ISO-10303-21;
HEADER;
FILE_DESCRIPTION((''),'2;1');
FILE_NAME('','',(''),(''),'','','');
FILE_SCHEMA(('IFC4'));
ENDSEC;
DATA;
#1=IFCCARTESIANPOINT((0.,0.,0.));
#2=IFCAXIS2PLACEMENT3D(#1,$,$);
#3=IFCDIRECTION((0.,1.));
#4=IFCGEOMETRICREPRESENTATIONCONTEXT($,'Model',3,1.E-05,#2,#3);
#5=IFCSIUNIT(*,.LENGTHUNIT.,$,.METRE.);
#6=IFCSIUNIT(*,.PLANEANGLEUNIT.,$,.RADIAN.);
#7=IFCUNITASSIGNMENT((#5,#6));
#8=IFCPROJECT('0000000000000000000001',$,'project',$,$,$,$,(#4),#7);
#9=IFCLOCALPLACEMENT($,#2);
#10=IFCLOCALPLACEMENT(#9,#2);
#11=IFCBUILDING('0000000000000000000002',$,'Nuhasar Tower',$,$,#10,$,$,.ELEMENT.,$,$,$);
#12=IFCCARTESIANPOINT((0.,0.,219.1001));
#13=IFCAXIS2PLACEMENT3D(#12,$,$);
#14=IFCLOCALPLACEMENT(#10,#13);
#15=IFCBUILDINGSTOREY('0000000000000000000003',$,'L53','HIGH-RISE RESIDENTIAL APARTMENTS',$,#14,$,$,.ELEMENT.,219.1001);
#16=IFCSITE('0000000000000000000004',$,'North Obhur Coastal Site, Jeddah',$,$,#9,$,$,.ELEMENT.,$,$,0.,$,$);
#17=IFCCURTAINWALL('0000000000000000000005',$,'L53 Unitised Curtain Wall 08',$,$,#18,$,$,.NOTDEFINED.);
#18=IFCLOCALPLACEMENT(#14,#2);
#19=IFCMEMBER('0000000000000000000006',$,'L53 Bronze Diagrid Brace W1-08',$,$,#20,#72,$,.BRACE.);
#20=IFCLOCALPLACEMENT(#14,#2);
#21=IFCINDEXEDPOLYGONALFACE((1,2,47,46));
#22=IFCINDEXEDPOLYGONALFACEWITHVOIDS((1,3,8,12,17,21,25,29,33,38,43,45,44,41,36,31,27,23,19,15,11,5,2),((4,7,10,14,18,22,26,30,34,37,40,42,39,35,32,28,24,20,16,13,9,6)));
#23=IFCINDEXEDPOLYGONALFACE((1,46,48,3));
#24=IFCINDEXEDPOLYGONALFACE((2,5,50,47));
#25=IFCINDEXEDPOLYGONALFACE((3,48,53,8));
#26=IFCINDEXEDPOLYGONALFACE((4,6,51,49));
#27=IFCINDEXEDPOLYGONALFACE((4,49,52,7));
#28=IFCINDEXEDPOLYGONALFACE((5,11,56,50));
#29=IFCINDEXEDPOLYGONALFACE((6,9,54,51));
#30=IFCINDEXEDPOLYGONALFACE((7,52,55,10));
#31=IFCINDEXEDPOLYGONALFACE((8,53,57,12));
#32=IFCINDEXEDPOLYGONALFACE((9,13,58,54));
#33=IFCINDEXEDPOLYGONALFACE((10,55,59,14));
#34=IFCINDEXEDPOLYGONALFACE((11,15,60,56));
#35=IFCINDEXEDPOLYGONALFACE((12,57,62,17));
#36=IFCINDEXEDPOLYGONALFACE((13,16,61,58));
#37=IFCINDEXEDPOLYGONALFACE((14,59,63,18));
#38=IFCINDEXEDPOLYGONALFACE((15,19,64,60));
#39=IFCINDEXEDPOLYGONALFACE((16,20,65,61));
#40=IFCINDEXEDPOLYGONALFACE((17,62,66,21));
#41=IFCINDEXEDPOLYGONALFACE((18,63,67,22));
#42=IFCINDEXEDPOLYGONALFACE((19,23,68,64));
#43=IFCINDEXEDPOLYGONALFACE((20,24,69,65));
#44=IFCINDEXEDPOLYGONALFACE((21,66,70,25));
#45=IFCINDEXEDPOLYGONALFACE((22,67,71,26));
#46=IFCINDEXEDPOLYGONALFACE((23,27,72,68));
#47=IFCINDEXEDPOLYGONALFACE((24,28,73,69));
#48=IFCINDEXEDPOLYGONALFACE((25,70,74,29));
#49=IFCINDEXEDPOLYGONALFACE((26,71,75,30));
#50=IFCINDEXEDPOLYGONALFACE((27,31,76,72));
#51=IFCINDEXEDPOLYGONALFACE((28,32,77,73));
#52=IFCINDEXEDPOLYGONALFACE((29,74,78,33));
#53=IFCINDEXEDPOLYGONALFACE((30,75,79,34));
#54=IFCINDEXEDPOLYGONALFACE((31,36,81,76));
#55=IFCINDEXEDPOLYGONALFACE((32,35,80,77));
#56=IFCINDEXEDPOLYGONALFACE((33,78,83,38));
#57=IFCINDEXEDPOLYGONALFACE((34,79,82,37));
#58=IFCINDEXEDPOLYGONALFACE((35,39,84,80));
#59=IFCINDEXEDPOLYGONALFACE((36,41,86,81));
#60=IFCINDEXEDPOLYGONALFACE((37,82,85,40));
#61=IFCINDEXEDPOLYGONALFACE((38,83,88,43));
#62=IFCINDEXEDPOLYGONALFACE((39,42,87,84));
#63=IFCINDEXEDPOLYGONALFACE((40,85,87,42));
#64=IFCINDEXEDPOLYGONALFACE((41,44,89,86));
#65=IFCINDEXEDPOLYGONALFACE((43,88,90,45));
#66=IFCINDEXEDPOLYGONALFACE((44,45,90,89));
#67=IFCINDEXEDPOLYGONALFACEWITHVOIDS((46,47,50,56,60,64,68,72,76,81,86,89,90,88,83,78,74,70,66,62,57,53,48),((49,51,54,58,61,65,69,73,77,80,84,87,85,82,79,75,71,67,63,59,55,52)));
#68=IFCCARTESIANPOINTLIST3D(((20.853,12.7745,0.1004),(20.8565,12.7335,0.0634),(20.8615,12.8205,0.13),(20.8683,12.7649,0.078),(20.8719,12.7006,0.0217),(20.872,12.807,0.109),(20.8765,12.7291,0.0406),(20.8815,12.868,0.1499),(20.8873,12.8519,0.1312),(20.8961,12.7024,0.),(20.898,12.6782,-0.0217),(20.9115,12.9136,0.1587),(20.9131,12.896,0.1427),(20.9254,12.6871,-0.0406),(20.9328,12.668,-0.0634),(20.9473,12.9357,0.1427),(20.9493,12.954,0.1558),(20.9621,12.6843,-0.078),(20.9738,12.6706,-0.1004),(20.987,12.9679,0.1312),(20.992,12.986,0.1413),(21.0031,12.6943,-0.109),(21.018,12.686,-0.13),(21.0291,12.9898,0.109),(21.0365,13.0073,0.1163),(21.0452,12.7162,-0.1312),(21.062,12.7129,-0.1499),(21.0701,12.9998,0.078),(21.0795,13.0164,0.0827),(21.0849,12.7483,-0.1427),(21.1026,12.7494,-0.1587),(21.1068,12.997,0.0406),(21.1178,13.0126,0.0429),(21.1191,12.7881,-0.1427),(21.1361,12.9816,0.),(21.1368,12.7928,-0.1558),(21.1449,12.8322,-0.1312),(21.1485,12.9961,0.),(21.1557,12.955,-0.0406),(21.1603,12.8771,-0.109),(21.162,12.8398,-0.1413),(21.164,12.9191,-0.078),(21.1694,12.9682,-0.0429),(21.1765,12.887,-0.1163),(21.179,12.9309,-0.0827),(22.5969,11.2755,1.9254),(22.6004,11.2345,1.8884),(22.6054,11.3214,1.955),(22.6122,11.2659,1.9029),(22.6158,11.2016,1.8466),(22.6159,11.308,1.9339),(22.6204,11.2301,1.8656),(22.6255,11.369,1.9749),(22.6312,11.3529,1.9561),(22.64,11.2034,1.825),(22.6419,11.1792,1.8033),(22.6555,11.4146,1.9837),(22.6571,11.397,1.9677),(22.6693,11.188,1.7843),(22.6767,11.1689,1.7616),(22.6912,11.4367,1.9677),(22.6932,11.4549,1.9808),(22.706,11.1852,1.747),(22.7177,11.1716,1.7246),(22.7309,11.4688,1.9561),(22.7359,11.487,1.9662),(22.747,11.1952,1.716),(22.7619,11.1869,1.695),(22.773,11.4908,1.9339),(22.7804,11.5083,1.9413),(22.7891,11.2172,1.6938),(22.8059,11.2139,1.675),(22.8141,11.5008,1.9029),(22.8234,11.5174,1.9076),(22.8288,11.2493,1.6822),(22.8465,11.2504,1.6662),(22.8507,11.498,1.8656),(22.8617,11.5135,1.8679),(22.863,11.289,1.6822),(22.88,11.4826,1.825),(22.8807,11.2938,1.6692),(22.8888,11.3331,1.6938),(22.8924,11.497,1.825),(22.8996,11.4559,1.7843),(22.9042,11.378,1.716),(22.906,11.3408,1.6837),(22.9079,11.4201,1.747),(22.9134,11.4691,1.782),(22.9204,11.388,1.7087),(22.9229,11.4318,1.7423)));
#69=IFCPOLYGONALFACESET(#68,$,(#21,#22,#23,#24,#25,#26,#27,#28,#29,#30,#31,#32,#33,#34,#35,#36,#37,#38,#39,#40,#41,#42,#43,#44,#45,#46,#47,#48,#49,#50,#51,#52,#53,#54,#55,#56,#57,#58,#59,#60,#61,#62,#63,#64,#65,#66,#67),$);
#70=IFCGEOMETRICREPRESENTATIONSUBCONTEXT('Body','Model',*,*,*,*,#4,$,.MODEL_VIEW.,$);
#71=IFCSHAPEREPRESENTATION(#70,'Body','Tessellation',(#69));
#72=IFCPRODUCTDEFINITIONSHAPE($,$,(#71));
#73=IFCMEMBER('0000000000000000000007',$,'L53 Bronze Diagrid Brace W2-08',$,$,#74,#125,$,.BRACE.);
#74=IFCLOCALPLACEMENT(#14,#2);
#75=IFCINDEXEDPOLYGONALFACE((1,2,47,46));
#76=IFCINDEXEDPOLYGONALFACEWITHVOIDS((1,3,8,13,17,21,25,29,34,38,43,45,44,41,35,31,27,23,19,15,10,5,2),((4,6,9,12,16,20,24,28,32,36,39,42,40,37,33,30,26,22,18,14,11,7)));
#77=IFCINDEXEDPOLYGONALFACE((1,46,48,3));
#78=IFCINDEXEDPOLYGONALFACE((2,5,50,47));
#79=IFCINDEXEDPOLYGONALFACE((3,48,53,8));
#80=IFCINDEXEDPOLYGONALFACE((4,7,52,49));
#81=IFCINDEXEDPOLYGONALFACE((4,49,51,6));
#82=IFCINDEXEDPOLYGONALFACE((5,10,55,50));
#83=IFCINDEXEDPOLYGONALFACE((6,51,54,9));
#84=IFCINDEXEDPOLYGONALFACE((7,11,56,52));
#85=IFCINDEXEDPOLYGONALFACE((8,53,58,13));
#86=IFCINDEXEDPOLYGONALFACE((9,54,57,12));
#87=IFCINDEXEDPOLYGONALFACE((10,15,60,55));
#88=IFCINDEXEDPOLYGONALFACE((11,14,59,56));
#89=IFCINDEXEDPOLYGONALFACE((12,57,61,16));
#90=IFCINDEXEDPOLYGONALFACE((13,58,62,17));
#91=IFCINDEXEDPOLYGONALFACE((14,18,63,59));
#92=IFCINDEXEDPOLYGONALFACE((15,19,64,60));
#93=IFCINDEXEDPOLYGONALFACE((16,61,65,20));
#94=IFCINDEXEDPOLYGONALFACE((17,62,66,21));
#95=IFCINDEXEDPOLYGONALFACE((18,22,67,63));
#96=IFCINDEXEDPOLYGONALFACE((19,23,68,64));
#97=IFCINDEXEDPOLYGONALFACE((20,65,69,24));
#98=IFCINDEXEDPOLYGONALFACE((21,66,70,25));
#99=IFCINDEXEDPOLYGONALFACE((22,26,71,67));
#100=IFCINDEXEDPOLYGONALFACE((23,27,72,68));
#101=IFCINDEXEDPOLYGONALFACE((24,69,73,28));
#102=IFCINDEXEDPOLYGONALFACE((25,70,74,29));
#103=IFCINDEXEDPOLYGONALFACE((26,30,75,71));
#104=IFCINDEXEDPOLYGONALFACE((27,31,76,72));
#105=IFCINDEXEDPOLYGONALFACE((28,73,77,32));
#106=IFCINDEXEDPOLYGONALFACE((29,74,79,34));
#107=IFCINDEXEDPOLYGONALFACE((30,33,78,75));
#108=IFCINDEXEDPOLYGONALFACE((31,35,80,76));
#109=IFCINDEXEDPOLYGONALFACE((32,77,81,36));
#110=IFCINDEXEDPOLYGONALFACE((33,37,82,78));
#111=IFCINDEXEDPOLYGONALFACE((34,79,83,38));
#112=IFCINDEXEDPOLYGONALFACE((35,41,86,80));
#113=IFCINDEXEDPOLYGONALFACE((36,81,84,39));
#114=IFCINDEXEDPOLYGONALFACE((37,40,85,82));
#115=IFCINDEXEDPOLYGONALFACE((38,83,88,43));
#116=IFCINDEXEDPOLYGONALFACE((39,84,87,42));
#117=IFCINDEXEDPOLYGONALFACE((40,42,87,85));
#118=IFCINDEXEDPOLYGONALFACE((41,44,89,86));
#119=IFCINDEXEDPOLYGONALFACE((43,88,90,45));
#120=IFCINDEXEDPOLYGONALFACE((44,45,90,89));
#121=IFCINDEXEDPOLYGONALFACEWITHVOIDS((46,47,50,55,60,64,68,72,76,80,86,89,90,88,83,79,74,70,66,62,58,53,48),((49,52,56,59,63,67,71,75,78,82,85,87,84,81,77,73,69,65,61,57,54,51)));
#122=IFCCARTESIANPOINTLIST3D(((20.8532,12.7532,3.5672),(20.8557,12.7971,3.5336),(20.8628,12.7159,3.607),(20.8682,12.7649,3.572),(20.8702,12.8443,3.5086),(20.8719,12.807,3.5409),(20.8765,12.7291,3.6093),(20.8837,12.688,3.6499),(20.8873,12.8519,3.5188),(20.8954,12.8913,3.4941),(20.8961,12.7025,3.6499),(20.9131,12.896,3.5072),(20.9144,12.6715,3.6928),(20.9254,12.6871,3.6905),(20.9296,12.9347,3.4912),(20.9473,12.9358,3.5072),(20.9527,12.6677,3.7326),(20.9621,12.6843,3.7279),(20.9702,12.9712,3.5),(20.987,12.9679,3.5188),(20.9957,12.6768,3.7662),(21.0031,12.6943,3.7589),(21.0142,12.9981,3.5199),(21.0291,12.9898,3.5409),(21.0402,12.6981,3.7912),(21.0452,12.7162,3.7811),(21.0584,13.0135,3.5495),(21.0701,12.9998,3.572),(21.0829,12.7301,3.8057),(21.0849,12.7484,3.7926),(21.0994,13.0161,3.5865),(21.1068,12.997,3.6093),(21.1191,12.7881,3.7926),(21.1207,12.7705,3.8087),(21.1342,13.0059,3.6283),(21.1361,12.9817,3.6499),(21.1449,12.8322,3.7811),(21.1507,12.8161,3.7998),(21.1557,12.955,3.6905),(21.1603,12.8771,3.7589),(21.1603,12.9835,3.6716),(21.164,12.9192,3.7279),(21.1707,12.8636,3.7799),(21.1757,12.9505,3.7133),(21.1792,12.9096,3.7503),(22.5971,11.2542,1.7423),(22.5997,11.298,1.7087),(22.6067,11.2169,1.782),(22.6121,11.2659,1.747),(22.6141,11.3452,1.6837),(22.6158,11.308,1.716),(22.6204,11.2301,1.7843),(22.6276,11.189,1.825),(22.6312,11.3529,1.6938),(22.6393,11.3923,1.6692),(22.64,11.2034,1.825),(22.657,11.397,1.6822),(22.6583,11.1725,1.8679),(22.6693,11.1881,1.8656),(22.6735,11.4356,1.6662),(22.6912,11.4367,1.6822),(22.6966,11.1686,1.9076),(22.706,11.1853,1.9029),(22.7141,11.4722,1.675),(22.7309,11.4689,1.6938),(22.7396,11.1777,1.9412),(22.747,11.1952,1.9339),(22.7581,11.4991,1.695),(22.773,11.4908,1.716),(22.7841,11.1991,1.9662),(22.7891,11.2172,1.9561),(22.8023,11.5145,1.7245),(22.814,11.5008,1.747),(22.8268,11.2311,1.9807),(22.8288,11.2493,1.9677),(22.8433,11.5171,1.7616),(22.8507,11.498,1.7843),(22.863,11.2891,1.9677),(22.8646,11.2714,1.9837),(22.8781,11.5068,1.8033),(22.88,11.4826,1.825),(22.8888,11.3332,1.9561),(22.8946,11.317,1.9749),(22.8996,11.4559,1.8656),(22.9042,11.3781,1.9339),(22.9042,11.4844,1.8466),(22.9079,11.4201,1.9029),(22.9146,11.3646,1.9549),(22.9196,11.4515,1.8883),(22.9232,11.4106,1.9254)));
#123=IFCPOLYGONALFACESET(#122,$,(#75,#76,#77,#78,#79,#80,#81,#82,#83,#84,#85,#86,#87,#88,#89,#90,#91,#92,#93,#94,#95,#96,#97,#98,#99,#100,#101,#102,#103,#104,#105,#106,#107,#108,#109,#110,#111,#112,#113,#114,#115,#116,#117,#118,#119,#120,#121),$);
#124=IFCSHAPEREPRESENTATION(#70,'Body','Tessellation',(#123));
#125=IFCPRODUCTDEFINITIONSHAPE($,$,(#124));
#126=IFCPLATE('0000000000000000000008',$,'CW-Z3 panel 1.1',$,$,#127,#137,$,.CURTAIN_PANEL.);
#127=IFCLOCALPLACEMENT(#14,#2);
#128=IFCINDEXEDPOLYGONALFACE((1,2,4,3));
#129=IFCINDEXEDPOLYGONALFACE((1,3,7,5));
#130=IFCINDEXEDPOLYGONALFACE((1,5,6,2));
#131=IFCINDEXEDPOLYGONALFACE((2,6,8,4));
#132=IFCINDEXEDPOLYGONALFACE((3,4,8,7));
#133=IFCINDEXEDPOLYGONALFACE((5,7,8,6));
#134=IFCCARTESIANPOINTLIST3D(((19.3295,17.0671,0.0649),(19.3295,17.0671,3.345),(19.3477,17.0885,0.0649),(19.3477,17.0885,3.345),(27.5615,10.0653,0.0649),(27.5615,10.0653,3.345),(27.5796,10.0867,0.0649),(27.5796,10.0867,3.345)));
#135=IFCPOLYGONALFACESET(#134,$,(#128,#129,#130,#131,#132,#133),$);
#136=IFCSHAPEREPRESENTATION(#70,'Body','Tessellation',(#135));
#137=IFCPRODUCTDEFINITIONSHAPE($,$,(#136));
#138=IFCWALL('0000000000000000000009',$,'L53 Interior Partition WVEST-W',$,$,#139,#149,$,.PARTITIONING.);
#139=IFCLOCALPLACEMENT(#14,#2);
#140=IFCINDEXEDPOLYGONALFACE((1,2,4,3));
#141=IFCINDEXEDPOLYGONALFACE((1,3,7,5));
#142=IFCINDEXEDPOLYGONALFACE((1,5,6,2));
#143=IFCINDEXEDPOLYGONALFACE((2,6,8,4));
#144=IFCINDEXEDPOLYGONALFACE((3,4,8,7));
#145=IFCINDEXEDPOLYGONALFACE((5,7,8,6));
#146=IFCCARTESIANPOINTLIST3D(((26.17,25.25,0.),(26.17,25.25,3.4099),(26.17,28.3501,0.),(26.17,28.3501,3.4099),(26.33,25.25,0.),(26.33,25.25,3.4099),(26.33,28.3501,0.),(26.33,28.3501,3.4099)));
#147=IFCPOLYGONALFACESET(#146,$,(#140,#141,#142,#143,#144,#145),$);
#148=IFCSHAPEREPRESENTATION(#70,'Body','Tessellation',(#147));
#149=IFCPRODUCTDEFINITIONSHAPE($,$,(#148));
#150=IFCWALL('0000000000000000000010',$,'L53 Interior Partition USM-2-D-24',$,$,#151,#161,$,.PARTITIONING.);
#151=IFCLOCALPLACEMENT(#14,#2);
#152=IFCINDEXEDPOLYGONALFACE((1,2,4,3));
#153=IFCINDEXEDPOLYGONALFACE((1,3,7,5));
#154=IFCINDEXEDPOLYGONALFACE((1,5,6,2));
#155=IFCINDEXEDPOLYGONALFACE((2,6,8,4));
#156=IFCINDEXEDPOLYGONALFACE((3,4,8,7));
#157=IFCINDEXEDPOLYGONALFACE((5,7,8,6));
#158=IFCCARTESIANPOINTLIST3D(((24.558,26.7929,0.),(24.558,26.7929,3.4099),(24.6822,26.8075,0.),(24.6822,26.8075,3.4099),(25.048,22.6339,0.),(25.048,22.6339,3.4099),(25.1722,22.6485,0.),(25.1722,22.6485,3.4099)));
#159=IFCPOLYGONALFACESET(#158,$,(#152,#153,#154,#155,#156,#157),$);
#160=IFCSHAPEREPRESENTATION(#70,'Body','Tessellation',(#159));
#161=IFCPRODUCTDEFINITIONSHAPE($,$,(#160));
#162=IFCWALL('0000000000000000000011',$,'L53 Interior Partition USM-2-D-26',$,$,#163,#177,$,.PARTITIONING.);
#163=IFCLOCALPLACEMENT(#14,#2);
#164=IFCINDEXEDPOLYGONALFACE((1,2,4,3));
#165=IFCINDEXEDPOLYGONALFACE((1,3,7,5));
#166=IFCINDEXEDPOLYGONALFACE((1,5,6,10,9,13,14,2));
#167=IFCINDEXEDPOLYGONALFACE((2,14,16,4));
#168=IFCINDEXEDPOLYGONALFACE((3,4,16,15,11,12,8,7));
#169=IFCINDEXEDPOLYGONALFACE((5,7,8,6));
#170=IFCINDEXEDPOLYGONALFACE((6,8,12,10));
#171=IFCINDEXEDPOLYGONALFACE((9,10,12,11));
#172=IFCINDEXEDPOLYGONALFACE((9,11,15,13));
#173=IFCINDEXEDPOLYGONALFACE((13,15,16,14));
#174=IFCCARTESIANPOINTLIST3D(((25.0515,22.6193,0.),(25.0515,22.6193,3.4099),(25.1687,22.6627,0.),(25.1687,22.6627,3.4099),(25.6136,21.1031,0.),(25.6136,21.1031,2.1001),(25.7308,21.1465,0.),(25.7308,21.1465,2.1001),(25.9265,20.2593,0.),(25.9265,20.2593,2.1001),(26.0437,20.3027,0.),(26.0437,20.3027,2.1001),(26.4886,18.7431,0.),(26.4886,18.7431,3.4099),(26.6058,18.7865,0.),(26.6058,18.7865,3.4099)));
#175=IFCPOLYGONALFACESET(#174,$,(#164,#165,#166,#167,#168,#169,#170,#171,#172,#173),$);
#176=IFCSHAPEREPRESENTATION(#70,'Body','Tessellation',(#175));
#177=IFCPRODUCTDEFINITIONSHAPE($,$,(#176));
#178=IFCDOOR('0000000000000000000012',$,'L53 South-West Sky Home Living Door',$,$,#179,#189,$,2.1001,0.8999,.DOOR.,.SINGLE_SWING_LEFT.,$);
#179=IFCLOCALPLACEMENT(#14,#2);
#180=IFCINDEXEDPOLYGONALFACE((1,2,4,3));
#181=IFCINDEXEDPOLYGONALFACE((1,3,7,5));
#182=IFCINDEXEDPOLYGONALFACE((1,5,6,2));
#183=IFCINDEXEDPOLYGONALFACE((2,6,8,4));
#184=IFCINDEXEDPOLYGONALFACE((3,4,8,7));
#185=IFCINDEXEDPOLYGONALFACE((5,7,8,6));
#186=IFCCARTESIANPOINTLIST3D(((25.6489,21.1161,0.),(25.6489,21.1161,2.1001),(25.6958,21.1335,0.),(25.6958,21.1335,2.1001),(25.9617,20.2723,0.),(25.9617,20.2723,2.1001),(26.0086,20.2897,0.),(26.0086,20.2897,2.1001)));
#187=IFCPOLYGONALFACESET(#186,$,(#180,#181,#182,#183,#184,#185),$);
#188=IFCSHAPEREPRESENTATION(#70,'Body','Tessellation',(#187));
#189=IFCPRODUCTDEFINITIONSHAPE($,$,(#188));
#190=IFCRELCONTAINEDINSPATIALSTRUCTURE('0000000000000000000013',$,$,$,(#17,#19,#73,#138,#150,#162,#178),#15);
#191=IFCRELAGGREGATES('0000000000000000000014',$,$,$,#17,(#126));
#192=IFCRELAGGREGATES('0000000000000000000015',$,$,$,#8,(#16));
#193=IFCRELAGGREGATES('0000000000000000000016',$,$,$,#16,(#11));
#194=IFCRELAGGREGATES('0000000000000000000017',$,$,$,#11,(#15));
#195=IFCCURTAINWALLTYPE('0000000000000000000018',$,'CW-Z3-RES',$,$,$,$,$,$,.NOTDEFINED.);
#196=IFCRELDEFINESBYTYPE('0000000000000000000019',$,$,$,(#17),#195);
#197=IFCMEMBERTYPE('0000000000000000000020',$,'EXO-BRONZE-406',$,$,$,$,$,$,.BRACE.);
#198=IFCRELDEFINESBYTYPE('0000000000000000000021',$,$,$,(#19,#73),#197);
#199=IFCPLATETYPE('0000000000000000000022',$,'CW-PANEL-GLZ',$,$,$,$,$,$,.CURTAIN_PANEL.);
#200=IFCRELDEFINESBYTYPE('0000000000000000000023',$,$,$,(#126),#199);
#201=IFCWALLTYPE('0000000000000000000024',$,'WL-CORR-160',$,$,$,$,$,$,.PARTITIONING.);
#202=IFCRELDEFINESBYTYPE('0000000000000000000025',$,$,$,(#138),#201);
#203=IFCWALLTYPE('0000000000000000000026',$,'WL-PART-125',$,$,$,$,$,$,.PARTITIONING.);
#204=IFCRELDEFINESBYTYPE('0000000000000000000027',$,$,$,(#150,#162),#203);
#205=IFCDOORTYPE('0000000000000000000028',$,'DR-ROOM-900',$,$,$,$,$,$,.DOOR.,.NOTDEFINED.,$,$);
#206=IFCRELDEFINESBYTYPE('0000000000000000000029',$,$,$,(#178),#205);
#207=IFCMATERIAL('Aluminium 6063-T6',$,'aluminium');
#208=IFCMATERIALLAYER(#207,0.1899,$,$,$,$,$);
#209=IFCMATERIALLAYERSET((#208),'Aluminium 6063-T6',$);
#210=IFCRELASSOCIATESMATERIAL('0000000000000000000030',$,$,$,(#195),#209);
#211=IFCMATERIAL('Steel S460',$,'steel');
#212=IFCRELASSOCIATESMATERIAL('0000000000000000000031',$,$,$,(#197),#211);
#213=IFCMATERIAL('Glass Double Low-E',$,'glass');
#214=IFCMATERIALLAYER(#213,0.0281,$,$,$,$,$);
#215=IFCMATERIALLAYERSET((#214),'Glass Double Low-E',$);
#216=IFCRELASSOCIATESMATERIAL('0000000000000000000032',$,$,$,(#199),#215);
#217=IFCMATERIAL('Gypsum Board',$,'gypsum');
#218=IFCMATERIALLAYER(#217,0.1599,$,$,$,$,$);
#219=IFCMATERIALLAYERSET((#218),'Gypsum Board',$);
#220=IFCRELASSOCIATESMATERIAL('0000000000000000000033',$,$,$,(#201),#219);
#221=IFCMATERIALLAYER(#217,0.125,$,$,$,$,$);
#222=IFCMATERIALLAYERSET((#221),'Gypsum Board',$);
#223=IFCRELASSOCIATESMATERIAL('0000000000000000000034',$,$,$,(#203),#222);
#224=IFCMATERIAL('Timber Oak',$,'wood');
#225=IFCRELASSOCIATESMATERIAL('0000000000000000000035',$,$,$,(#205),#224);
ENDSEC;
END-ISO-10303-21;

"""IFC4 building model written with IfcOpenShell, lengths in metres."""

from ifc_helpers import new_model, si_unit, direction, frame, frame_2d, origin, origin_2d, place, context, subcontext, project, spatial, rectangle, hollow_circle, extrude, material, layer, layer_set, material_profile, profile_set, type_object, element, fill, aggregate, save


model = new_model("IFC4")

# Units and contexts
model_context = context("Model", 3, precision=1e-05, world=origin(), true_north=direction((0.0, 1.0)))
body_context = subcontext(model_context, "Body", "Model", "MODEL_VIEW")
ifc_project = project(units=[si_unit("LENGTHUNIT", "METRE"), si_unit("PLANEANGLEUNIT", "RADIAN")], contexts=[model_context])

# Site, building, storey
site_placement = place(None, origin())
site = spatial("IfcSite", under=ifc_project, at=site_placement, Name="North Obhur Coastal Site, Jeddah", CompositionType="ELEMENT", RefElevation=0.0)
building_placement = place(site_placement, origin())
building = spatial("IfcBuilding", under=site, at=building_placement, Name="Nuhasar Tower", CompositionType="ELEMENT")
storey_placement = place(building_placement, frame((0.0, 0.0, 219.1001)))
storey = spatial("IfcBuildingStorey", under=building, at=storey_placement, Name="L53", Description="HIGH-RISE RESIDENTIAL APARTMENTS", CompositionType="ELEMENT", Elevation=219.1001)

# Curtain wall
ifc_material_1 = material(Name="Aluminium 6063-T6", Category="aluminium")
ifc_layer_1 = layer(ifc_material_1, 0.1899)
ifc_layer_set_1 = layer_set([ifc_layer_1], Name="Aluminium 6063-T6")
curtain_wall_type = type_object("IfcCurtainWallType", Name="CW-Z3-RES", PredefinedType="NOTDEFINED", material=ifc_layer_set_1)
curtain_wall_1_placement = place(storey_placement, origin())
curtain_wall_1 = element("IfcCurtainWall", 1, at=curtain_wall_1_placement, inside=storey, type_object=curtain_wall_type, Name="L53 Unitised Curtain Wall 08", PredefinedType="NOTDEFINED")

# Members
ifc_material_2 = material(Name="Steel S460", Category="steel")
ifc_material_profile_1 = material_profile(ifc_material_2, hollow_circle(Radius=0.2031, WallThickness=0.019, at=origin_2d()), Name="HSS406.4X19.1")
ifc_profile_set_1 = profile_set([ifc_material_profile_1], Name="Steel S460")
member_type_1 = type_object("IfcMemberType", Name="EXO-BRONZE-406", PredefinedType="BRACE", material=ifc_profile_set_1)
for number, where, z_axis, x_axis, name in (
    (2, (21.0161, 12.842, 0.0), (0.594019, -0.510608, 0.621628), (0.651857, 0.758342, 0.0), "L53 Bronze Diagrid Brace W1-08"),
    (3, (22.76, 11.343, 1.825), (-0.594019, 0.510608, 0.621628), (-0.651857, -0.758342, 0.0), "L53 Bronze Diagrid Brace W2-08"),
):
    element("IfcMember", number, at=place(storey_placement, frame(where, z_axis=z_axis, x_axis=x_axis)), inside=storey, type_object=member_type_1, Name=name, PredefinedType="BRACE", context=body_context, shape_type="SweptSolid", body=[
        extrude(hollow_circle(Radius=0.2031, WallThickness=0.019, at=origin_2d()), origin(), (0.0, 0.0, 1.0), 2.9358),
    ])

# Plate
ifc_material_3 = material(Name="Glass Double Low-E", Category="glass")
ifc_layer_2 = layer(ifc_material_3, 0.0281)
ifc_layer_set_2 = layer_set([ifc_layer_2], Name="Glass Double Low-E")
plate_type = type_object("IfcPlateType", Name="CW-PANEL-GLZ", PredefinedType="CURTAIN_PANEL", material=ifc_layer_set_2)
plate_placement = place(storey_placement, frame((23.4546, 13.5769, 0.0649), z_axis=(0.0, 0.0, 1.0), x_axis=(0.761729, -0.647895, 0.0)))
plate = element("IfcPlate", 4, at=plate_placement, type_object=plate_type, Name="CW-Z3 panel 1.1", PredefinedType="CURTAIN_PANEL", context=body_context, shape_type="SweptSolid", body=[
    extrude(rectangle(XDim=10.8069, YDim=0.0281, at=origin_2d()), origin(), (0.0, 0.0, 1.0), 3.28),
])
aggregate(curtain_wall_1, [plate])

# Shared definitions
ifc_material_4 = material(Name="Gypsum Board", Category="gypsum")
ifc_layer_3 = layer(ifc_material_4, 0.1599)
ifc_layer_set_3 = layer_set([ifc_layer_3], Name="Gypsum Board")
wall_type_1 = type_object("IfcWallType", Name="WL-CORR-160", PredefinedType="PARTITIONING", material=ifc_layer_set_3)
ifc_material_5 = material(Name="Timber Oak", Category="wood")

# Walls
wall_1_placement = place(storey_placement, frame((26.25, 25.25, 0.0), z_axis=(0.0, 0.0, 1.0), x_axis=(0.0, 1.0, 0.0)))
element("IfcWall", 5, at=wall_1_placement, inside=storey, type_object=wall_type_1, Name="L53 Interior Partition WVEST-W", PredefinedType="PARTITIONING", context=body_context, shape_type="SweptSolid", body=[
    extrude(rectangle(XDim=3.1001, YDim=0.1599, at=frame_2d((1.55, 0.0))), origin(), (0.0, 0.0, 1.0), 3.4099),
])
ifc_layer_4 = layer(ifc_material_4, 0.125)
ifc_layer_set_4 = layer_set([ifc_layer_4], Name="Gypsum Board")
wall_type_2 = type_object("IfcWallType", Name="WL-PART-125", PredefinedType="PARTITIONING", material=ifc_layer_set_4)
wall_2_placement = place(storey_placement, frame((24.6201, 26.8, 0.0), z_axis=(0.0, 0.0, 1.0), x_axis=(0.117007, -0.993131, 0.0)))
element("IfcWall", 6, at=wall_2_placement, inside=storey, type_object=wall_type_2, Name="L53 Interior Partition USM-2-D-24", PredefinedType="PARTITIONING", context=body_context, shape_type="SweptSolid", body=[
    extrude(rectangle(XDim=4.1877, YDim=0.125, at=frame_2d((2.0938, 0.0))), origin(), (0.0, 0.0, 1.0), 3.4099),
])

# Wall, opening, door
wall_3_placement = place(storey_placement, frame((26.5471, 18.7649, 0.0), z_axis=(0.0, 0.0, 1.0), x_axis=(-0.347607, 0.93764, 0.0)))
wall_3 = element("IfcWall", 7, at=wall_3_placement, inside=storey, type_object=wall_type_2, Name="L53 Interior Partition USM-2-D-26", PredefinedType="PARTITIONING", context=body_context, shape_type="SweptSolid", body=[
    extrude(rectangle(XDim=4.134, YDim=0.125, at=frame_2d((2.0669, 0.0))), origin(), (0.0, 0.0, 1.0), 3.4099),
])
opening_1_placement = place(wall_3_placement, frame((1.6169, 0.0, 0.0)))
opening_1 = element("IfcOpeningElement", 8, at=opening_1_placement, cuts=wall_3, PredefinedType="OPENING", context=body_context, shape_type="SweptSolid", body=[
    extrude(rectangle(XDim=0.8999, YDim=2.1001, at=frame_2d((0.45, 1.05))), frame((0.0, 0.0725, 0.0), z_axis=(0.0, -1.0, 0.0), x_axis=(1.0, 0.0, 0.0)), (0.0, 0.0, 1.0), 0.145),
])
door_type_1 = type_object("IfcDoorType", Name="DR-ROOM-900", OperationType="NOTDEFINED", PredefinedType="DOOR", material=ifc_material_5)
door_1_placement = place(opening_1_placement, origin())
door_1 = element("IfcDoor", 9, at=door_1_placement, inside=storey, type_object=door_type_1, Name="L53 South-West Sky Home Living Door", OperationType="SINGLE_SWING_LEFT", OverallHeight=2.1001, OverallWidth=0.8999, PredefinedType="DOOR", context=body_context, shape_type="SweptSolid", body=[
    extrude(rectangle(XDim=0.8999, YDim=2.1001, at=frame_2d((0.45, 1.05))), frame((0.0, 0.0249, 0.0), z_axis=(0.0, -1.0, 0.0), x_axis=(1.0, 0.0, 0.0)), (0.0, 0.0, 1.0), 0.05),
])
fill(opening_1, door_1)

save(model, "model.ifc")
